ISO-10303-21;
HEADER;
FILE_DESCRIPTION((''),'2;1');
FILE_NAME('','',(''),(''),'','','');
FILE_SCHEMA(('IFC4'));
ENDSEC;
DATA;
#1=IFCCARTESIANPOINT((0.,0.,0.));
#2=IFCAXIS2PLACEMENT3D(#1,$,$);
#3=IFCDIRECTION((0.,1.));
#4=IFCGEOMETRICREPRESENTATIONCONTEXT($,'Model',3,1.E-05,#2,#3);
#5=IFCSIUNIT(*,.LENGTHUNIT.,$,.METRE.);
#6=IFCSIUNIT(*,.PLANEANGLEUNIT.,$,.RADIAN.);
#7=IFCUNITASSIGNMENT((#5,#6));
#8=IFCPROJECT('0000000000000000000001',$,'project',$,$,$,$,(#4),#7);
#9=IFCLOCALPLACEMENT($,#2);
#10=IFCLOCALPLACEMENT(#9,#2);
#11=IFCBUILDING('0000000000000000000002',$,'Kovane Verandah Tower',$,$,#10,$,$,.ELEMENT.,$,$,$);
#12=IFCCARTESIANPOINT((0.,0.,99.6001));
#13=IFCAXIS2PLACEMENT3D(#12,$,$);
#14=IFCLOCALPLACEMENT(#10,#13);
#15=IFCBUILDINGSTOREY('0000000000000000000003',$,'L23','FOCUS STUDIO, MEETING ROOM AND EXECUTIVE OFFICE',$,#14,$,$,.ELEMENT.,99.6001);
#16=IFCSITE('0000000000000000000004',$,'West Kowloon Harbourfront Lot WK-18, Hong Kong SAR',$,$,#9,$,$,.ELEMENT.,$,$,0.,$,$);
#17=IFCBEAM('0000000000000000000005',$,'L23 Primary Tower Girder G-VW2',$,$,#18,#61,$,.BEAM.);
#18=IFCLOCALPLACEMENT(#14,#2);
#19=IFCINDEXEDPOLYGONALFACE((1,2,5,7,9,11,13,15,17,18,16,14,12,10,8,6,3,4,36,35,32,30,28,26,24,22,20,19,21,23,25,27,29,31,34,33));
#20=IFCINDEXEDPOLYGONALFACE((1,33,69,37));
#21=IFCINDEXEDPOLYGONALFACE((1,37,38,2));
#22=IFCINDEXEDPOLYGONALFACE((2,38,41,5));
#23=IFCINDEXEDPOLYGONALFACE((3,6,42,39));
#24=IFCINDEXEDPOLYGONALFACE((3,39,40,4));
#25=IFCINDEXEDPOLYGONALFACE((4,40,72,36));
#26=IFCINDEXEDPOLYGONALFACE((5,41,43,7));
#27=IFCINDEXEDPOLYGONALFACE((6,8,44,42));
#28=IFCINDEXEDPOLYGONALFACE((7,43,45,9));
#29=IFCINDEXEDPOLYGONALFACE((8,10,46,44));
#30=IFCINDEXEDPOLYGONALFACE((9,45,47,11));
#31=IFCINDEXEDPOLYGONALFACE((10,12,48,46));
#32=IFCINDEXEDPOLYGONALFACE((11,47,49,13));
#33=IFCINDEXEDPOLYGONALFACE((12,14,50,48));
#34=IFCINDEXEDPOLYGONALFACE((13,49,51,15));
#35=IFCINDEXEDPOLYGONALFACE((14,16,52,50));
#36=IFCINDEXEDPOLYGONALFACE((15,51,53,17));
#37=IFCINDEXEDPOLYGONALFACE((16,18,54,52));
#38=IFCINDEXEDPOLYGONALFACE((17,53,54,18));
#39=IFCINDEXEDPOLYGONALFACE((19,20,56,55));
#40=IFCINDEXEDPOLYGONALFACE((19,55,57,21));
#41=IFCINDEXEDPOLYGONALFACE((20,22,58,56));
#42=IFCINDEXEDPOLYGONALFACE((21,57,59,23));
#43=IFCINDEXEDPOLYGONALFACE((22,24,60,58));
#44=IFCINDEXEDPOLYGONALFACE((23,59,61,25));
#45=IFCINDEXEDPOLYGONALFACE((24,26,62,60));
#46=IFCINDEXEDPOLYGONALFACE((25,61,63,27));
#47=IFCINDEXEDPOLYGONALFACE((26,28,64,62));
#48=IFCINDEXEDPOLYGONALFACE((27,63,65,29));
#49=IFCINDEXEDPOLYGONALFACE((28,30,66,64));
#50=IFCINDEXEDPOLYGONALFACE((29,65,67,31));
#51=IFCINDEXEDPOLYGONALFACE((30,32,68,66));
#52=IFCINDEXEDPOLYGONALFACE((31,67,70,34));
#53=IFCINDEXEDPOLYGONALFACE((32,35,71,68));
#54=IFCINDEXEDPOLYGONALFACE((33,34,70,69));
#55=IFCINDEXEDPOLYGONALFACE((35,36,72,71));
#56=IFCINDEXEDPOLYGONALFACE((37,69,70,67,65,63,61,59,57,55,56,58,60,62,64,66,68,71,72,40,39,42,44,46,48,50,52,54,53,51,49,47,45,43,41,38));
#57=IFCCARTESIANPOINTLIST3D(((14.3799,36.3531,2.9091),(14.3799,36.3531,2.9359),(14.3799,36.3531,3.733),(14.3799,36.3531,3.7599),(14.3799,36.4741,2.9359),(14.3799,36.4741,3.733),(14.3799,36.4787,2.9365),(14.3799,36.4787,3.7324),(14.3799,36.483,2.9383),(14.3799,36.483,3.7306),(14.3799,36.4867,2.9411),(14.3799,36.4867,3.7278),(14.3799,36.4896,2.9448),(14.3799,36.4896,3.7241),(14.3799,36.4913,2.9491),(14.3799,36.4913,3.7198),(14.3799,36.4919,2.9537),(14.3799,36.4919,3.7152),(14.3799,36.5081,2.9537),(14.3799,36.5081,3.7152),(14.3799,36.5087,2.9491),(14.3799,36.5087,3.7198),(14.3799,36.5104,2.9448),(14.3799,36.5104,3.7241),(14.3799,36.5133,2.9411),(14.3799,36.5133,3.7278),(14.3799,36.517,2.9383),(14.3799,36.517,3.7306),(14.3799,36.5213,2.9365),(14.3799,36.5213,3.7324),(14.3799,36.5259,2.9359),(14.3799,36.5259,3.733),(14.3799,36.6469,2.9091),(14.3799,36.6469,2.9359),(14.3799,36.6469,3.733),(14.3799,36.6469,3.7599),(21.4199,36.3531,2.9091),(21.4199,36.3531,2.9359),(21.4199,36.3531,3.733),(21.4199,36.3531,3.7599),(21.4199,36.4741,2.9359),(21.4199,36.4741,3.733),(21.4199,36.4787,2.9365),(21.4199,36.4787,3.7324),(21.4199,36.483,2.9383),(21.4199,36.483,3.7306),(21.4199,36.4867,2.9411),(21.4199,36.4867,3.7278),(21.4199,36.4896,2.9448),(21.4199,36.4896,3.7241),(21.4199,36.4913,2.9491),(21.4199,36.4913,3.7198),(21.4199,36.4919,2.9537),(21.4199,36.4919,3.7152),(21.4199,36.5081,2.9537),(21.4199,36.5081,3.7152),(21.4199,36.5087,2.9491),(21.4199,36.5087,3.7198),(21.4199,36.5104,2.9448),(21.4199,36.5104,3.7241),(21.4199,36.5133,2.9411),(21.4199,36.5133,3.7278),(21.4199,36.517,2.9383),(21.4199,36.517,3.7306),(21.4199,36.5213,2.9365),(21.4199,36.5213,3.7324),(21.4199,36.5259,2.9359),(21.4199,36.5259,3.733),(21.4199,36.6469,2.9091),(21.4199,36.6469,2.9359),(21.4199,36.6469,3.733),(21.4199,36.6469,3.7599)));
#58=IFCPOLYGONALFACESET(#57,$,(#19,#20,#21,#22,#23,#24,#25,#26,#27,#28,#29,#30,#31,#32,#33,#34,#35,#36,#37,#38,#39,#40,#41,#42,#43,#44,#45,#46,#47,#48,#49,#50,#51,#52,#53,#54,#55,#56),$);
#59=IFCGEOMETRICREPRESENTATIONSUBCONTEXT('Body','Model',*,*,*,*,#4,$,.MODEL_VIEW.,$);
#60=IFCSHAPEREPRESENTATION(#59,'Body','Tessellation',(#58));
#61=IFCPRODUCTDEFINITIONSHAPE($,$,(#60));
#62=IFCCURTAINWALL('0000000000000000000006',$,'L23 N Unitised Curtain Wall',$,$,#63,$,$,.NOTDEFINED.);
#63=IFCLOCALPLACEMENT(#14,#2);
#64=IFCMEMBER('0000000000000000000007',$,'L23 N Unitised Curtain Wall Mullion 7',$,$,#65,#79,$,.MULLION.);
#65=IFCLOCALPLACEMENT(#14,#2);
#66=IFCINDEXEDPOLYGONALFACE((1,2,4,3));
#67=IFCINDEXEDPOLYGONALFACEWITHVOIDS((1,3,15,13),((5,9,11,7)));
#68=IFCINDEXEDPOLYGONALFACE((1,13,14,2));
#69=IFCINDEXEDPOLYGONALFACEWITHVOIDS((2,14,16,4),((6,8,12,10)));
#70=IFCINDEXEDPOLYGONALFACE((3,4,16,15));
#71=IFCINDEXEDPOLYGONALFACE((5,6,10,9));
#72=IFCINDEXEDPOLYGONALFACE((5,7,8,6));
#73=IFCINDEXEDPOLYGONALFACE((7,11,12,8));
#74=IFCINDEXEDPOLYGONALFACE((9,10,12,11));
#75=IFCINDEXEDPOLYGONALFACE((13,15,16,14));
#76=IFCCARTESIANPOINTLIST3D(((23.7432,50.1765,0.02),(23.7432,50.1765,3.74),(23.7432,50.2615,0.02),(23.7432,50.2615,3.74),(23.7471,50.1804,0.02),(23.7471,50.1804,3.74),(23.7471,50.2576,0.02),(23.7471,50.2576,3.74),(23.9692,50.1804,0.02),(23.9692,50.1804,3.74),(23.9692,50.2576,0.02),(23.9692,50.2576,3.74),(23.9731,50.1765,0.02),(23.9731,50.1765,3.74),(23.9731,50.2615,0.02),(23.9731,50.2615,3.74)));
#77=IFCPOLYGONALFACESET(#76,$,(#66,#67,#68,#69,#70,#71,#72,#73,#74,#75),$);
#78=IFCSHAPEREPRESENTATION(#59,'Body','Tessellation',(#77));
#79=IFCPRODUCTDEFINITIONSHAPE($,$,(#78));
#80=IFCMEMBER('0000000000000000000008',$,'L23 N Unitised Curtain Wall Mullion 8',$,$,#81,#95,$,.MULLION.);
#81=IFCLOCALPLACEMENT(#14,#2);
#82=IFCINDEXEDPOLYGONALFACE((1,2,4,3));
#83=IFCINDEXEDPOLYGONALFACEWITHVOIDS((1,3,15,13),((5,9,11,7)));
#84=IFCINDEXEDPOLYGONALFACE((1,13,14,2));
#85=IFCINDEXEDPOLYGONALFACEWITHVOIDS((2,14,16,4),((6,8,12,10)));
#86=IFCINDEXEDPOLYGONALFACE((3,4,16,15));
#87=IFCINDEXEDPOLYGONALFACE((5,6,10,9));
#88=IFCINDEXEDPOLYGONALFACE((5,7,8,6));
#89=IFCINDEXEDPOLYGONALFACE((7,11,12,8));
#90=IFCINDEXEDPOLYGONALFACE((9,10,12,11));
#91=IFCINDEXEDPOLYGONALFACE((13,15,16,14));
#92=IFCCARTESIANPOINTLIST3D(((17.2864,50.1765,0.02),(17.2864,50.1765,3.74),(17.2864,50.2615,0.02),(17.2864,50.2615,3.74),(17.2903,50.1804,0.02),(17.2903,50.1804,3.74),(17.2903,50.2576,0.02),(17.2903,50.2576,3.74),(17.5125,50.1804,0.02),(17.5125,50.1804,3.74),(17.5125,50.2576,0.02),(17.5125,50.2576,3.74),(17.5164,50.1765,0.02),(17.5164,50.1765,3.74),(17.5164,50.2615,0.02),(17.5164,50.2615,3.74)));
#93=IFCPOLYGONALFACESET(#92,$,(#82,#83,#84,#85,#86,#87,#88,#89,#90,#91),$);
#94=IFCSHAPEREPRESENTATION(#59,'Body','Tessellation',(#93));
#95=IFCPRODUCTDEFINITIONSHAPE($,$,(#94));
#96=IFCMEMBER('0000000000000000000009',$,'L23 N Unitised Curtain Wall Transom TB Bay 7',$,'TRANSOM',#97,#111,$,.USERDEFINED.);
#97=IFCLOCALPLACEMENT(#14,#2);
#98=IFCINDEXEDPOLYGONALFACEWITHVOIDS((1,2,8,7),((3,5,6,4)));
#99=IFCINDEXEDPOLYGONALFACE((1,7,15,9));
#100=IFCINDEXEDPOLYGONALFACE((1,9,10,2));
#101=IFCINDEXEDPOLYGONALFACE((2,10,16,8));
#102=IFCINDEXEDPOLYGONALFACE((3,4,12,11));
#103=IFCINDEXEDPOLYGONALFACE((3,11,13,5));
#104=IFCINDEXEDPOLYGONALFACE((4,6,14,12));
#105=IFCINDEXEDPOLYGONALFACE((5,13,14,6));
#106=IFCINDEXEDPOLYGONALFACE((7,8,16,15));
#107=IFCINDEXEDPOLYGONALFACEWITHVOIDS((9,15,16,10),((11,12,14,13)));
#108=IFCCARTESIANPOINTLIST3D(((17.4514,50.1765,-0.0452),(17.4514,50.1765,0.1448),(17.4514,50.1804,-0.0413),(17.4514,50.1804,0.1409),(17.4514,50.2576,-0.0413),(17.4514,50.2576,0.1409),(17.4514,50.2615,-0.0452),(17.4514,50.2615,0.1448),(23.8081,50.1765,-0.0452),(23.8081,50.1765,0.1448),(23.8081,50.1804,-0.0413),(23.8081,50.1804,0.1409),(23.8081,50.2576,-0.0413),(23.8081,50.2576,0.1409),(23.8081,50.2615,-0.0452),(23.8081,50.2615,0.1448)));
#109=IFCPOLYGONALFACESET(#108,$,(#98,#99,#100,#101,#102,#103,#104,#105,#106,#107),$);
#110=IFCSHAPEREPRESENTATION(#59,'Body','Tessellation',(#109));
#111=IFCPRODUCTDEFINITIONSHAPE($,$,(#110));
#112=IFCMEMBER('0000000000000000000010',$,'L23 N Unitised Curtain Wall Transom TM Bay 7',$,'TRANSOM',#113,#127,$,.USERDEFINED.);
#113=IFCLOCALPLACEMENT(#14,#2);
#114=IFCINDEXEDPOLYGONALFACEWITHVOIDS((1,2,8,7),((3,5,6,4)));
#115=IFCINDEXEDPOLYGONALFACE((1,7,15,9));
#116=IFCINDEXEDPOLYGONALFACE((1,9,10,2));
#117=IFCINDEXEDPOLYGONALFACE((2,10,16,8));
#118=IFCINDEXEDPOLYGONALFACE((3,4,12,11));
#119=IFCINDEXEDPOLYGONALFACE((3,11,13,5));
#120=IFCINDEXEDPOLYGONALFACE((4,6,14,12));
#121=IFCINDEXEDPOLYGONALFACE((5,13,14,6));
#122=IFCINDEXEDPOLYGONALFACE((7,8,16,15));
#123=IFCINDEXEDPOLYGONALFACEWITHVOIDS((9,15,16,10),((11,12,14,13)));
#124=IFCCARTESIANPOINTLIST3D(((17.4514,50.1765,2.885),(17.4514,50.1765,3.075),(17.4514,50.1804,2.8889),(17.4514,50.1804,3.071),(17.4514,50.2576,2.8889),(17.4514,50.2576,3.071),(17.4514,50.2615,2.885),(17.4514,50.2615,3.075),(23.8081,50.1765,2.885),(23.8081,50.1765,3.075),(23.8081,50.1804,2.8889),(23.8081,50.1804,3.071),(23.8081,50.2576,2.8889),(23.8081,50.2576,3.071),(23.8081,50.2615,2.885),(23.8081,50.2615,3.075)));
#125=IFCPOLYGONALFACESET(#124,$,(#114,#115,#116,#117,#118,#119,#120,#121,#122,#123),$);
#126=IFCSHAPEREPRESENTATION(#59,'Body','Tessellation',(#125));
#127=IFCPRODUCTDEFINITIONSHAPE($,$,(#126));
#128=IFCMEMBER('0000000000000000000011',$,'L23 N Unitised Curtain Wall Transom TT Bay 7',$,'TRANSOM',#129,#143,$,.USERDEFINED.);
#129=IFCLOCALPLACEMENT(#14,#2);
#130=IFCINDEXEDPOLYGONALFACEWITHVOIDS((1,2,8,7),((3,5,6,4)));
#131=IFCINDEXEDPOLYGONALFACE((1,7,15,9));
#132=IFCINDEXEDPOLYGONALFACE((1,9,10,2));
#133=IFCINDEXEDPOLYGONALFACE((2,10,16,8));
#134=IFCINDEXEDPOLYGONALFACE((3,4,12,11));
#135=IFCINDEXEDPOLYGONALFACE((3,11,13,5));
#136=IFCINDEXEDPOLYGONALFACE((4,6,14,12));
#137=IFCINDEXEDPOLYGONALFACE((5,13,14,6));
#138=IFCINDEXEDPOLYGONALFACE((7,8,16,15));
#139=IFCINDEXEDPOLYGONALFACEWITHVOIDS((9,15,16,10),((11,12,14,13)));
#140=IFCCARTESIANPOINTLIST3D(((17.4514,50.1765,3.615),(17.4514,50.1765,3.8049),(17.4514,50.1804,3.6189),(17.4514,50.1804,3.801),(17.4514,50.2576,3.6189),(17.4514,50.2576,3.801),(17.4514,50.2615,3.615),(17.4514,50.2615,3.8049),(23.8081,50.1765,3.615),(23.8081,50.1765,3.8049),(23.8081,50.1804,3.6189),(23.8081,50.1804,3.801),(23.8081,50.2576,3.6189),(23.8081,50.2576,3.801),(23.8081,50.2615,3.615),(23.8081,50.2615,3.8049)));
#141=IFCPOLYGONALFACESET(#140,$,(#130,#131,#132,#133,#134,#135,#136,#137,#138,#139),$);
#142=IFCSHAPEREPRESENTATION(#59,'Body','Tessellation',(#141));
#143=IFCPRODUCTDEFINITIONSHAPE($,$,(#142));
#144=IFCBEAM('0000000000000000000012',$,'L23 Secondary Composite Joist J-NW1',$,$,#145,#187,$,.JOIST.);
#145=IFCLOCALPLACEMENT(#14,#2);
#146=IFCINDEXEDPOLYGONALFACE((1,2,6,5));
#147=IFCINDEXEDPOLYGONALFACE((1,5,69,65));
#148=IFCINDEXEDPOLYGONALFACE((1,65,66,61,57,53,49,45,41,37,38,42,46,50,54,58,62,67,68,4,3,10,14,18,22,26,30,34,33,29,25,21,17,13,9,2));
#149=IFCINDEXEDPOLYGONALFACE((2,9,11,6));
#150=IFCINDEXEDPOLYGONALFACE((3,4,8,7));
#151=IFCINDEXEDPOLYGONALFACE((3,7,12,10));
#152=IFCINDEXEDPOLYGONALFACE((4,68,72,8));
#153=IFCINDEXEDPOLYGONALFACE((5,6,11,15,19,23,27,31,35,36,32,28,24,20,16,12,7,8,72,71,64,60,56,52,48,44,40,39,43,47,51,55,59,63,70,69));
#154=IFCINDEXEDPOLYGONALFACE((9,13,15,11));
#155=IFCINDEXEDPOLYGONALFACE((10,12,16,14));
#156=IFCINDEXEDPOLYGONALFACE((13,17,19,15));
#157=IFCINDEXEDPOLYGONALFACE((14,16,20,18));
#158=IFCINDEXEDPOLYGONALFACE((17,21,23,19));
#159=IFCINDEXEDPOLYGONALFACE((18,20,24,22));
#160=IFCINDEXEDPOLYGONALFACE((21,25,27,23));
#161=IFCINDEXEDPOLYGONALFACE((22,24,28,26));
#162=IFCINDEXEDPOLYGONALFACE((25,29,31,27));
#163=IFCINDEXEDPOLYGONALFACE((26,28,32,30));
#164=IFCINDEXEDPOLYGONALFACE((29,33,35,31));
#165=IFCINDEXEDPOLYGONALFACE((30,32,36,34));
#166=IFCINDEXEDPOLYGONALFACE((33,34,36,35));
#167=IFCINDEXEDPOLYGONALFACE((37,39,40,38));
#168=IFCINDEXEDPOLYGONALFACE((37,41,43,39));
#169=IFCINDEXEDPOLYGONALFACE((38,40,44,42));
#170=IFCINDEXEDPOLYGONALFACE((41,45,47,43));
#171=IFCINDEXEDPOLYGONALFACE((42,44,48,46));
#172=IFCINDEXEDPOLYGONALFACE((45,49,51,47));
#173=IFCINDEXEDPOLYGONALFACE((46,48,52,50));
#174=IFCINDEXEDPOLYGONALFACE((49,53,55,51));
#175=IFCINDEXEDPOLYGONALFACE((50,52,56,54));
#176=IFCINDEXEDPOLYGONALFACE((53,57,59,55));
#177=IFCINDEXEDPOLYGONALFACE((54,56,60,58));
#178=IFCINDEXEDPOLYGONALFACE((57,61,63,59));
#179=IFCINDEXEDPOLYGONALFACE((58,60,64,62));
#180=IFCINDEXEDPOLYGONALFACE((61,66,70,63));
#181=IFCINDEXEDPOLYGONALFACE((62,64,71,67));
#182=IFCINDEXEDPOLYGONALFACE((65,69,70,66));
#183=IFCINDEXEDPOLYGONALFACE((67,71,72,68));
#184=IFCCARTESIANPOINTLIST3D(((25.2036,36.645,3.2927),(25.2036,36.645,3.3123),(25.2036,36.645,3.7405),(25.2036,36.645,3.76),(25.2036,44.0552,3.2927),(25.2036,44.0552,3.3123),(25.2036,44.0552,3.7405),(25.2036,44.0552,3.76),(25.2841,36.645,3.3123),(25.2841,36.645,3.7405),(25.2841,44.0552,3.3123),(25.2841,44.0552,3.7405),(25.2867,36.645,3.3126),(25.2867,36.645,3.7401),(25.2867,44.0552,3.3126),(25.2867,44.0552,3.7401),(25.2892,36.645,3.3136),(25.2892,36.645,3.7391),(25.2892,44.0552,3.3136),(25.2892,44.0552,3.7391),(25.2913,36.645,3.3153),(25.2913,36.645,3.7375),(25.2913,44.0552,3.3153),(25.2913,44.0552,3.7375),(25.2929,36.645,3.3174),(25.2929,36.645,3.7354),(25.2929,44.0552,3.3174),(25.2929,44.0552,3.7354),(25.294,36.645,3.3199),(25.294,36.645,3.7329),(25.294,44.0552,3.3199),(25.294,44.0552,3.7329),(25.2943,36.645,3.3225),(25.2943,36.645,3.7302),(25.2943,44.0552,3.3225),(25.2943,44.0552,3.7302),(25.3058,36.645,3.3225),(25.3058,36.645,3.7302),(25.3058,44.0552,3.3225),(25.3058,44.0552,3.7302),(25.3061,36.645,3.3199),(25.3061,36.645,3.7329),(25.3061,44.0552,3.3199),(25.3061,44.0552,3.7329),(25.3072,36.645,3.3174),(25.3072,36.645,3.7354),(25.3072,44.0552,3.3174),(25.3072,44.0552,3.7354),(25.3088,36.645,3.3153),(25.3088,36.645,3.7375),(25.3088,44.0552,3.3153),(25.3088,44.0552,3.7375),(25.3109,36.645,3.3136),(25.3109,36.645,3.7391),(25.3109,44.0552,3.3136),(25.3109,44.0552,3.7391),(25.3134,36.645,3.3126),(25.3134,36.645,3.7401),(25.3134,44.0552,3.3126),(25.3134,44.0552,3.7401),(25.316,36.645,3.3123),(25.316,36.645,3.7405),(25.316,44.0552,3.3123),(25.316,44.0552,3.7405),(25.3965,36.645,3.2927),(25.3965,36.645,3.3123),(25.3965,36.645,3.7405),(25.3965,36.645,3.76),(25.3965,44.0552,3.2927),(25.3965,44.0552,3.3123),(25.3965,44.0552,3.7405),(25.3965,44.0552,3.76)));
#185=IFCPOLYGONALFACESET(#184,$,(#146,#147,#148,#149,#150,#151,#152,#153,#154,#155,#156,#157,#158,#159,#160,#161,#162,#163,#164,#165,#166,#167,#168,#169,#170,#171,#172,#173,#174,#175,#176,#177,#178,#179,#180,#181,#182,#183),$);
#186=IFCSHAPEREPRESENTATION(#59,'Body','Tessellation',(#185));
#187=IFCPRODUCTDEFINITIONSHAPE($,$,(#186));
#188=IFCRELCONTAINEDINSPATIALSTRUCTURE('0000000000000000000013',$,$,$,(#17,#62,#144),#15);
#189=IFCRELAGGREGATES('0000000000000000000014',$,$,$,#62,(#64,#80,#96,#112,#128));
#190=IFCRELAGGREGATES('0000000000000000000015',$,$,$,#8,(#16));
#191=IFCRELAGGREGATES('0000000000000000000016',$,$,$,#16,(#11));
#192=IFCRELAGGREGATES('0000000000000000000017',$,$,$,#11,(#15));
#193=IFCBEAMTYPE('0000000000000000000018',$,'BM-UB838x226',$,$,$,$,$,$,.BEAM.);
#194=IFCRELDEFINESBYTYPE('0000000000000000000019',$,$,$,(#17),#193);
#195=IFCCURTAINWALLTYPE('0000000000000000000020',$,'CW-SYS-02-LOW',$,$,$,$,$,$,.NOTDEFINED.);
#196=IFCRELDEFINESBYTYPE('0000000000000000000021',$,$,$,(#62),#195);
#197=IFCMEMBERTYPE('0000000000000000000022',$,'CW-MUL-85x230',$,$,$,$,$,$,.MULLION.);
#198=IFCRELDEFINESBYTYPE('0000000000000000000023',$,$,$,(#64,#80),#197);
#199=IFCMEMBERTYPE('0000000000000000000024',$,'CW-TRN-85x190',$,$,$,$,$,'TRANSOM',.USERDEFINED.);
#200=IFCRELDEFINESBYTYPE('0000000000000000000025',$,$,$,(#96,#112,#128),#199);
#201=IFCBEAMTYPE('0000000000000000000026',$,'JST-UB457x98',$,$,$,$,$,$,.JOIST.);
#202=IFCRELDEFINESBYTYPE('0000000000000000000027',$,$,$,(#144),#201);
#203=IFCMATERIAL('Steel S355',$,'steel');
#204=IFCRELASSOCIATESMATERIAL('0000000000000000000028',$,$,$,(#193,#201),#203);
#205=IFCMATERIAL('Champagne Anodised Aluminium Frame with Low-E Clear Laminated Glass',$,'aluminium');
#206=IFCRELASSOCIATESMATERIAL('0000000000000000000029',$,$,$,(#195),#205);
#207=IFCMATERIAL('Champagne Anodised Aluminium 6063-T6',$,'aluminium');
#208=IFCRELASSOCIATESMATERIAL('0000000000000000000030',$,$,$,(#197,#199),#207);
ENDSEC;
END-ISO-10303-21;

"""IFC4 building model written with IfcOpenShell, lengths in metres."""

from ifc_helpers import new_model, si_unit, direction, frame, origin, origin_2d, place, context, subcontext, project, spatial, hollow_rectangle, i_section, extrude, material, material_profile, profile_set, type_object, element, aggregate, save


model = new_model("IFC4")

# Units and contexts
model_context = context("Model", 3, precision=1e-05, world=origin(), true_north=direction((0.0, 1.0)))
body_context = subcontext(model_context, "Body", "Model", "MODEL_VIEW")
ifc_project = project(units=[si_unit("LENGTHUNIT", "METRE"), si_unit("PLANEANGLEUNIT", "RADIAN")], contexts=[model_context])

# Site, building, storey
site_placement = place(None, origin())
site = spatial("IfcSite", under=ifc_project, at=site_placement, Name="West Kowloon Harbourfront Lot WK-18, Hong Kong SAR", CompositionType="ELEMENT", RefElevation=0.0)
building_placement = place(site_placement, origin())
building = spatial("IfcBuilding", under=site, at=building_placement, Name="Kovane Verandah Tower", CompositionType="ELEMENT")
storey_placement = place(building_placement, frame((0.0, 0.0, 99.6001)))
storey = spatial("IfcBuildingStorey", under=building, at=storey_placement, Name="L23", Description="FOCUS STUDIO, MEETING ROOM AND EXECUTIVE OFFICE", CompositionType="ELEMENT", Elevation=99.6001)

# Beam
ifc_material_1 = material(Name="Steel S355", Category="steel")
ifc_material_profile_1 = material_profile(ifc_material_1, i_section(OverallWidth=0.2937, OverallDepth=0.8508, WebThickness=0.0161, FlangeThickness=0.0269, FilletRadius=0.0178, at=origin_2d()), Name="UB838x292x226")
ifc_profile_set_1 = profile_set([ifc_material_profile_1], Name="Steel S355")
beam_type_1 = type_object("IfcBeamType", Name="BM-UB838x226", PredefinedType="BEAM", material=ifc_profile_set_1)
beam_1_placement = place(storey_placement, frame((21.4199, 36.5, 3.3345), z_axis=(-1.0, 0.0, 0.0), x_axis=(0.0, -1.0, 0.0)))
element("IfcBeam", 1, at=beam_1_placement, inside=storey, type_object=beam_type_1, Name="L23 Primary Tower Girder G-VW2", PredefinedType="BEAM", context=body_context, shape_type="SweptSolid", body=[
    extrude(i_section(OverallWidth=0.2937, OverallDepth=0.8508, WebThickness=0.0161, FlangeThickness=0.0269, FilletRadius=0.0178, at=origin_2d()), origin(), (0.0, 0.0, 1.0), 7.04),
])

# Curtain wall, members
ifc_material_2 = material(Name="Champagne Anodised Aluminium Frame with Low-E Clear Laminated Glass", Category="aluminium")
curtain_wall_type = type_object("IfcCurtainWallType", Name="CW-SYS-02-LOW", PredefinedType="NOTDEFINED", material=ifc_material_2)
curtain_wall_placement = place(storey_placement, origin())
curtain_wall = element("IfcCurtainWall", 2, at=curtain_wall_placement, inside=storey, type_object=curtain_wall_type, Name="L23 N Unitised Curtain Wall", PredefinedType="NOTDEFINED")
ifc_material_3 = material(Name="Champagne Anodised Aluminium 6063-T6", Category="aluminium")
ifc_material_profile_2 = material_profile(ifc_material_3, hollow_rectangle(XDim=0.085, YDim=0.23, WallThickness=0.0039, at=origin_2d()), Name="AL85x230x4")
ifc_profile_set_2 = profile_set([ifc_material_profile_2], Name="Champagne Anodised Aluminium 6063-T6")
member_type_1 = type_object("IfcMemberType", Name="CW-MUL-85x230", PredefinedType="MULLION", material=ifc_profile_set_2)
member_1_placement = place(storey_placement, frame((23.8582, 50.219, 0.02), z_axis=(0.0, 0.0, 1.0), x_axis=(0.0, 1.0, 0.0)))
member_1 = element("IfcMember", 3, at=member_1_placement, type_object=member_type_1, Name="L23 N Unitised Curtain Wall Mullion 7", PredefinedType="MULLION", context=body_context, shape_type="SweptSolid", body=[
    extrude(hollow_rectangle(XDim=0.085, YDim=0.23, WallThickness=0.0039, at=origin_2d()), origin(), (0.0, 0.0, 1.0), 3.72),
])
member_2_placement = place(storey_placement, frame((17.4014, 50.219, 0.02), z_axis=(0.0, 0.0, 1.0), x_axis=(0.0, 1.0, 0.0)))
member_2 = element("IfcMember", 4, at=member_2_placement, type_object=member_type_1, Name="L23 N Unitised Curtain Wall Mullion 8", PredefinedType="MULLION", context=body_context, shape_type="SweptSolid", body=[
    extrude(hollow_rectangle(XDim=0.085, YDim=0.23, WallThickness=0.0039, at=origin_2d()), origin(), (0.0, 0.0, 1.0), 3.72),
])
ifc_material_profile_3 = material_profile(ifc_material_3, hollow_rectangle(XDim=0.085, YDim=0.1899, WallThickness=0.0039, at=origin_2d()), Name="AL85x190x4")
ifc_profile_set_3 = profile_set([ifc_material_profile_3], Name="Champagne Anodised Aluminium 6063-T6")
member_type_2 = type_object("IfcMemberType", Name="CW-TRN-85x190", ElementType="TRANSOM", PredefinedType="USERDEFINED", material=ifc_profile_set_3)
member_3_placement = place(storey_placement, frame((23.8081, 50.219, 0.0498), z_axis=(-1.0, 0.0, 0.0), x_axis=(0.0, -1.0, 0.0)))
member_3 = element("IfcMember", 5, at=member_3_placement, type_object=member_type_2, Name="L23 N Unitised Curtain Wall Transom TB Bay 7", ObjectType="TRANSOM", PredefinedType="USERDEFINED", context=body_context, shape_type="SweptSolid", body=[
    extrude(hollow_rectangle(XDim=0.085, YDim=0.1899, WallThickness=0.0039, at=origin_2d()), origin(), (0.0, 0.0, 1.0), 6.3567),
])
member_4_placement = place(storey_placement, frame((23.8081, 50.219, 2.98), z_axis=(-1.0, 0.0, 0.0), x_axis=(0.0, -1.0, 0.0)))
member_4 = element("IfcMember", 6, at=member_4_placement, type_object=member_type_2, Name="L23 N Unitised Curtain Wall Transom TM Bay 7", ObjectType="TRANSOM", PredefinedType="USERDEFINED", context=body_context, shape_type="SweptSolid", body=[
    extrude(hollow_rectangle(XDim=0.085, YDim=0.1899, WallThickness=0.0039, at=origin_2d()), origin(), (0.0, 0.0, 1.0), 6.3567),
])
member_5_placement = place(storey_placement, frame((23.8081, 50.219, 3.71), z_axis=(-1.0, 0.0, 0.0), x_axis=(0.0, -1.0, 0.0)))
member_5 = element("IfcMember", 7, at=member_5_placement, type_object=member_type_2, Name="L23 N Unitised Curtain Wall Transom TT Bay 7", ObjectType="TRANSOM", PredefinedType="USERDEFINED", context=body_context, shape_type="SweptSolid", body=[
    extrude(hollow_rectangle(XDim=0.085, YDim=0.1899, WallThickness=0.0039, at=origin_2d()), origin(), (0.0, 0.0, 1.0), 6.3567),
])

# Beam
ifc_material_profile_4 = material_profile(ifc_material_1, i_section(OverallWidth=0.1929, OverallDepth=0.4673, WebThickness=0.0115, FlangeThickness=0.0195, FilletRadius=0.0103, at=origin_2d()), Name="UB457x191x98")
ifc_profile_set_4 = profile_set([ifc_material_profile_4], Name="Steel S355")
beam_type_2 = type_object("IfcBeamType", Name="JST-UB457x98", PredefinedType="JOIST", material=ifc_profile_set_4)
beam_2_placement = place(storey_placement, frame((25.3, 36.645, 3.5264), z_axis=(0.0, 1.0, 0.0), x_axis=(-1.0, 0.0, 0.0)))
element("IfcBeam", 8, at=beam_2_placement, inside=storey, type_object=beam_type_2, Name="L23 Secondary Composite Joist J-NW1", PredefinedType="JOIST", context=body_context, shape_type="SweptSolid", body=[
    extrude(i_section(OverallWidth=0.1929, OverallDepth=0.4673, WebThickness=0.0115, FlangeThickness=0.0195, FilletRadius=0.0103, at=origin_2d()), origin(), (0.0, 0.0, 1.0), 7.4102),
])

aggregate(curtain_wall, [member_1, member_2, member_3, member_4, member_5])

save(model, "model.ifc")
